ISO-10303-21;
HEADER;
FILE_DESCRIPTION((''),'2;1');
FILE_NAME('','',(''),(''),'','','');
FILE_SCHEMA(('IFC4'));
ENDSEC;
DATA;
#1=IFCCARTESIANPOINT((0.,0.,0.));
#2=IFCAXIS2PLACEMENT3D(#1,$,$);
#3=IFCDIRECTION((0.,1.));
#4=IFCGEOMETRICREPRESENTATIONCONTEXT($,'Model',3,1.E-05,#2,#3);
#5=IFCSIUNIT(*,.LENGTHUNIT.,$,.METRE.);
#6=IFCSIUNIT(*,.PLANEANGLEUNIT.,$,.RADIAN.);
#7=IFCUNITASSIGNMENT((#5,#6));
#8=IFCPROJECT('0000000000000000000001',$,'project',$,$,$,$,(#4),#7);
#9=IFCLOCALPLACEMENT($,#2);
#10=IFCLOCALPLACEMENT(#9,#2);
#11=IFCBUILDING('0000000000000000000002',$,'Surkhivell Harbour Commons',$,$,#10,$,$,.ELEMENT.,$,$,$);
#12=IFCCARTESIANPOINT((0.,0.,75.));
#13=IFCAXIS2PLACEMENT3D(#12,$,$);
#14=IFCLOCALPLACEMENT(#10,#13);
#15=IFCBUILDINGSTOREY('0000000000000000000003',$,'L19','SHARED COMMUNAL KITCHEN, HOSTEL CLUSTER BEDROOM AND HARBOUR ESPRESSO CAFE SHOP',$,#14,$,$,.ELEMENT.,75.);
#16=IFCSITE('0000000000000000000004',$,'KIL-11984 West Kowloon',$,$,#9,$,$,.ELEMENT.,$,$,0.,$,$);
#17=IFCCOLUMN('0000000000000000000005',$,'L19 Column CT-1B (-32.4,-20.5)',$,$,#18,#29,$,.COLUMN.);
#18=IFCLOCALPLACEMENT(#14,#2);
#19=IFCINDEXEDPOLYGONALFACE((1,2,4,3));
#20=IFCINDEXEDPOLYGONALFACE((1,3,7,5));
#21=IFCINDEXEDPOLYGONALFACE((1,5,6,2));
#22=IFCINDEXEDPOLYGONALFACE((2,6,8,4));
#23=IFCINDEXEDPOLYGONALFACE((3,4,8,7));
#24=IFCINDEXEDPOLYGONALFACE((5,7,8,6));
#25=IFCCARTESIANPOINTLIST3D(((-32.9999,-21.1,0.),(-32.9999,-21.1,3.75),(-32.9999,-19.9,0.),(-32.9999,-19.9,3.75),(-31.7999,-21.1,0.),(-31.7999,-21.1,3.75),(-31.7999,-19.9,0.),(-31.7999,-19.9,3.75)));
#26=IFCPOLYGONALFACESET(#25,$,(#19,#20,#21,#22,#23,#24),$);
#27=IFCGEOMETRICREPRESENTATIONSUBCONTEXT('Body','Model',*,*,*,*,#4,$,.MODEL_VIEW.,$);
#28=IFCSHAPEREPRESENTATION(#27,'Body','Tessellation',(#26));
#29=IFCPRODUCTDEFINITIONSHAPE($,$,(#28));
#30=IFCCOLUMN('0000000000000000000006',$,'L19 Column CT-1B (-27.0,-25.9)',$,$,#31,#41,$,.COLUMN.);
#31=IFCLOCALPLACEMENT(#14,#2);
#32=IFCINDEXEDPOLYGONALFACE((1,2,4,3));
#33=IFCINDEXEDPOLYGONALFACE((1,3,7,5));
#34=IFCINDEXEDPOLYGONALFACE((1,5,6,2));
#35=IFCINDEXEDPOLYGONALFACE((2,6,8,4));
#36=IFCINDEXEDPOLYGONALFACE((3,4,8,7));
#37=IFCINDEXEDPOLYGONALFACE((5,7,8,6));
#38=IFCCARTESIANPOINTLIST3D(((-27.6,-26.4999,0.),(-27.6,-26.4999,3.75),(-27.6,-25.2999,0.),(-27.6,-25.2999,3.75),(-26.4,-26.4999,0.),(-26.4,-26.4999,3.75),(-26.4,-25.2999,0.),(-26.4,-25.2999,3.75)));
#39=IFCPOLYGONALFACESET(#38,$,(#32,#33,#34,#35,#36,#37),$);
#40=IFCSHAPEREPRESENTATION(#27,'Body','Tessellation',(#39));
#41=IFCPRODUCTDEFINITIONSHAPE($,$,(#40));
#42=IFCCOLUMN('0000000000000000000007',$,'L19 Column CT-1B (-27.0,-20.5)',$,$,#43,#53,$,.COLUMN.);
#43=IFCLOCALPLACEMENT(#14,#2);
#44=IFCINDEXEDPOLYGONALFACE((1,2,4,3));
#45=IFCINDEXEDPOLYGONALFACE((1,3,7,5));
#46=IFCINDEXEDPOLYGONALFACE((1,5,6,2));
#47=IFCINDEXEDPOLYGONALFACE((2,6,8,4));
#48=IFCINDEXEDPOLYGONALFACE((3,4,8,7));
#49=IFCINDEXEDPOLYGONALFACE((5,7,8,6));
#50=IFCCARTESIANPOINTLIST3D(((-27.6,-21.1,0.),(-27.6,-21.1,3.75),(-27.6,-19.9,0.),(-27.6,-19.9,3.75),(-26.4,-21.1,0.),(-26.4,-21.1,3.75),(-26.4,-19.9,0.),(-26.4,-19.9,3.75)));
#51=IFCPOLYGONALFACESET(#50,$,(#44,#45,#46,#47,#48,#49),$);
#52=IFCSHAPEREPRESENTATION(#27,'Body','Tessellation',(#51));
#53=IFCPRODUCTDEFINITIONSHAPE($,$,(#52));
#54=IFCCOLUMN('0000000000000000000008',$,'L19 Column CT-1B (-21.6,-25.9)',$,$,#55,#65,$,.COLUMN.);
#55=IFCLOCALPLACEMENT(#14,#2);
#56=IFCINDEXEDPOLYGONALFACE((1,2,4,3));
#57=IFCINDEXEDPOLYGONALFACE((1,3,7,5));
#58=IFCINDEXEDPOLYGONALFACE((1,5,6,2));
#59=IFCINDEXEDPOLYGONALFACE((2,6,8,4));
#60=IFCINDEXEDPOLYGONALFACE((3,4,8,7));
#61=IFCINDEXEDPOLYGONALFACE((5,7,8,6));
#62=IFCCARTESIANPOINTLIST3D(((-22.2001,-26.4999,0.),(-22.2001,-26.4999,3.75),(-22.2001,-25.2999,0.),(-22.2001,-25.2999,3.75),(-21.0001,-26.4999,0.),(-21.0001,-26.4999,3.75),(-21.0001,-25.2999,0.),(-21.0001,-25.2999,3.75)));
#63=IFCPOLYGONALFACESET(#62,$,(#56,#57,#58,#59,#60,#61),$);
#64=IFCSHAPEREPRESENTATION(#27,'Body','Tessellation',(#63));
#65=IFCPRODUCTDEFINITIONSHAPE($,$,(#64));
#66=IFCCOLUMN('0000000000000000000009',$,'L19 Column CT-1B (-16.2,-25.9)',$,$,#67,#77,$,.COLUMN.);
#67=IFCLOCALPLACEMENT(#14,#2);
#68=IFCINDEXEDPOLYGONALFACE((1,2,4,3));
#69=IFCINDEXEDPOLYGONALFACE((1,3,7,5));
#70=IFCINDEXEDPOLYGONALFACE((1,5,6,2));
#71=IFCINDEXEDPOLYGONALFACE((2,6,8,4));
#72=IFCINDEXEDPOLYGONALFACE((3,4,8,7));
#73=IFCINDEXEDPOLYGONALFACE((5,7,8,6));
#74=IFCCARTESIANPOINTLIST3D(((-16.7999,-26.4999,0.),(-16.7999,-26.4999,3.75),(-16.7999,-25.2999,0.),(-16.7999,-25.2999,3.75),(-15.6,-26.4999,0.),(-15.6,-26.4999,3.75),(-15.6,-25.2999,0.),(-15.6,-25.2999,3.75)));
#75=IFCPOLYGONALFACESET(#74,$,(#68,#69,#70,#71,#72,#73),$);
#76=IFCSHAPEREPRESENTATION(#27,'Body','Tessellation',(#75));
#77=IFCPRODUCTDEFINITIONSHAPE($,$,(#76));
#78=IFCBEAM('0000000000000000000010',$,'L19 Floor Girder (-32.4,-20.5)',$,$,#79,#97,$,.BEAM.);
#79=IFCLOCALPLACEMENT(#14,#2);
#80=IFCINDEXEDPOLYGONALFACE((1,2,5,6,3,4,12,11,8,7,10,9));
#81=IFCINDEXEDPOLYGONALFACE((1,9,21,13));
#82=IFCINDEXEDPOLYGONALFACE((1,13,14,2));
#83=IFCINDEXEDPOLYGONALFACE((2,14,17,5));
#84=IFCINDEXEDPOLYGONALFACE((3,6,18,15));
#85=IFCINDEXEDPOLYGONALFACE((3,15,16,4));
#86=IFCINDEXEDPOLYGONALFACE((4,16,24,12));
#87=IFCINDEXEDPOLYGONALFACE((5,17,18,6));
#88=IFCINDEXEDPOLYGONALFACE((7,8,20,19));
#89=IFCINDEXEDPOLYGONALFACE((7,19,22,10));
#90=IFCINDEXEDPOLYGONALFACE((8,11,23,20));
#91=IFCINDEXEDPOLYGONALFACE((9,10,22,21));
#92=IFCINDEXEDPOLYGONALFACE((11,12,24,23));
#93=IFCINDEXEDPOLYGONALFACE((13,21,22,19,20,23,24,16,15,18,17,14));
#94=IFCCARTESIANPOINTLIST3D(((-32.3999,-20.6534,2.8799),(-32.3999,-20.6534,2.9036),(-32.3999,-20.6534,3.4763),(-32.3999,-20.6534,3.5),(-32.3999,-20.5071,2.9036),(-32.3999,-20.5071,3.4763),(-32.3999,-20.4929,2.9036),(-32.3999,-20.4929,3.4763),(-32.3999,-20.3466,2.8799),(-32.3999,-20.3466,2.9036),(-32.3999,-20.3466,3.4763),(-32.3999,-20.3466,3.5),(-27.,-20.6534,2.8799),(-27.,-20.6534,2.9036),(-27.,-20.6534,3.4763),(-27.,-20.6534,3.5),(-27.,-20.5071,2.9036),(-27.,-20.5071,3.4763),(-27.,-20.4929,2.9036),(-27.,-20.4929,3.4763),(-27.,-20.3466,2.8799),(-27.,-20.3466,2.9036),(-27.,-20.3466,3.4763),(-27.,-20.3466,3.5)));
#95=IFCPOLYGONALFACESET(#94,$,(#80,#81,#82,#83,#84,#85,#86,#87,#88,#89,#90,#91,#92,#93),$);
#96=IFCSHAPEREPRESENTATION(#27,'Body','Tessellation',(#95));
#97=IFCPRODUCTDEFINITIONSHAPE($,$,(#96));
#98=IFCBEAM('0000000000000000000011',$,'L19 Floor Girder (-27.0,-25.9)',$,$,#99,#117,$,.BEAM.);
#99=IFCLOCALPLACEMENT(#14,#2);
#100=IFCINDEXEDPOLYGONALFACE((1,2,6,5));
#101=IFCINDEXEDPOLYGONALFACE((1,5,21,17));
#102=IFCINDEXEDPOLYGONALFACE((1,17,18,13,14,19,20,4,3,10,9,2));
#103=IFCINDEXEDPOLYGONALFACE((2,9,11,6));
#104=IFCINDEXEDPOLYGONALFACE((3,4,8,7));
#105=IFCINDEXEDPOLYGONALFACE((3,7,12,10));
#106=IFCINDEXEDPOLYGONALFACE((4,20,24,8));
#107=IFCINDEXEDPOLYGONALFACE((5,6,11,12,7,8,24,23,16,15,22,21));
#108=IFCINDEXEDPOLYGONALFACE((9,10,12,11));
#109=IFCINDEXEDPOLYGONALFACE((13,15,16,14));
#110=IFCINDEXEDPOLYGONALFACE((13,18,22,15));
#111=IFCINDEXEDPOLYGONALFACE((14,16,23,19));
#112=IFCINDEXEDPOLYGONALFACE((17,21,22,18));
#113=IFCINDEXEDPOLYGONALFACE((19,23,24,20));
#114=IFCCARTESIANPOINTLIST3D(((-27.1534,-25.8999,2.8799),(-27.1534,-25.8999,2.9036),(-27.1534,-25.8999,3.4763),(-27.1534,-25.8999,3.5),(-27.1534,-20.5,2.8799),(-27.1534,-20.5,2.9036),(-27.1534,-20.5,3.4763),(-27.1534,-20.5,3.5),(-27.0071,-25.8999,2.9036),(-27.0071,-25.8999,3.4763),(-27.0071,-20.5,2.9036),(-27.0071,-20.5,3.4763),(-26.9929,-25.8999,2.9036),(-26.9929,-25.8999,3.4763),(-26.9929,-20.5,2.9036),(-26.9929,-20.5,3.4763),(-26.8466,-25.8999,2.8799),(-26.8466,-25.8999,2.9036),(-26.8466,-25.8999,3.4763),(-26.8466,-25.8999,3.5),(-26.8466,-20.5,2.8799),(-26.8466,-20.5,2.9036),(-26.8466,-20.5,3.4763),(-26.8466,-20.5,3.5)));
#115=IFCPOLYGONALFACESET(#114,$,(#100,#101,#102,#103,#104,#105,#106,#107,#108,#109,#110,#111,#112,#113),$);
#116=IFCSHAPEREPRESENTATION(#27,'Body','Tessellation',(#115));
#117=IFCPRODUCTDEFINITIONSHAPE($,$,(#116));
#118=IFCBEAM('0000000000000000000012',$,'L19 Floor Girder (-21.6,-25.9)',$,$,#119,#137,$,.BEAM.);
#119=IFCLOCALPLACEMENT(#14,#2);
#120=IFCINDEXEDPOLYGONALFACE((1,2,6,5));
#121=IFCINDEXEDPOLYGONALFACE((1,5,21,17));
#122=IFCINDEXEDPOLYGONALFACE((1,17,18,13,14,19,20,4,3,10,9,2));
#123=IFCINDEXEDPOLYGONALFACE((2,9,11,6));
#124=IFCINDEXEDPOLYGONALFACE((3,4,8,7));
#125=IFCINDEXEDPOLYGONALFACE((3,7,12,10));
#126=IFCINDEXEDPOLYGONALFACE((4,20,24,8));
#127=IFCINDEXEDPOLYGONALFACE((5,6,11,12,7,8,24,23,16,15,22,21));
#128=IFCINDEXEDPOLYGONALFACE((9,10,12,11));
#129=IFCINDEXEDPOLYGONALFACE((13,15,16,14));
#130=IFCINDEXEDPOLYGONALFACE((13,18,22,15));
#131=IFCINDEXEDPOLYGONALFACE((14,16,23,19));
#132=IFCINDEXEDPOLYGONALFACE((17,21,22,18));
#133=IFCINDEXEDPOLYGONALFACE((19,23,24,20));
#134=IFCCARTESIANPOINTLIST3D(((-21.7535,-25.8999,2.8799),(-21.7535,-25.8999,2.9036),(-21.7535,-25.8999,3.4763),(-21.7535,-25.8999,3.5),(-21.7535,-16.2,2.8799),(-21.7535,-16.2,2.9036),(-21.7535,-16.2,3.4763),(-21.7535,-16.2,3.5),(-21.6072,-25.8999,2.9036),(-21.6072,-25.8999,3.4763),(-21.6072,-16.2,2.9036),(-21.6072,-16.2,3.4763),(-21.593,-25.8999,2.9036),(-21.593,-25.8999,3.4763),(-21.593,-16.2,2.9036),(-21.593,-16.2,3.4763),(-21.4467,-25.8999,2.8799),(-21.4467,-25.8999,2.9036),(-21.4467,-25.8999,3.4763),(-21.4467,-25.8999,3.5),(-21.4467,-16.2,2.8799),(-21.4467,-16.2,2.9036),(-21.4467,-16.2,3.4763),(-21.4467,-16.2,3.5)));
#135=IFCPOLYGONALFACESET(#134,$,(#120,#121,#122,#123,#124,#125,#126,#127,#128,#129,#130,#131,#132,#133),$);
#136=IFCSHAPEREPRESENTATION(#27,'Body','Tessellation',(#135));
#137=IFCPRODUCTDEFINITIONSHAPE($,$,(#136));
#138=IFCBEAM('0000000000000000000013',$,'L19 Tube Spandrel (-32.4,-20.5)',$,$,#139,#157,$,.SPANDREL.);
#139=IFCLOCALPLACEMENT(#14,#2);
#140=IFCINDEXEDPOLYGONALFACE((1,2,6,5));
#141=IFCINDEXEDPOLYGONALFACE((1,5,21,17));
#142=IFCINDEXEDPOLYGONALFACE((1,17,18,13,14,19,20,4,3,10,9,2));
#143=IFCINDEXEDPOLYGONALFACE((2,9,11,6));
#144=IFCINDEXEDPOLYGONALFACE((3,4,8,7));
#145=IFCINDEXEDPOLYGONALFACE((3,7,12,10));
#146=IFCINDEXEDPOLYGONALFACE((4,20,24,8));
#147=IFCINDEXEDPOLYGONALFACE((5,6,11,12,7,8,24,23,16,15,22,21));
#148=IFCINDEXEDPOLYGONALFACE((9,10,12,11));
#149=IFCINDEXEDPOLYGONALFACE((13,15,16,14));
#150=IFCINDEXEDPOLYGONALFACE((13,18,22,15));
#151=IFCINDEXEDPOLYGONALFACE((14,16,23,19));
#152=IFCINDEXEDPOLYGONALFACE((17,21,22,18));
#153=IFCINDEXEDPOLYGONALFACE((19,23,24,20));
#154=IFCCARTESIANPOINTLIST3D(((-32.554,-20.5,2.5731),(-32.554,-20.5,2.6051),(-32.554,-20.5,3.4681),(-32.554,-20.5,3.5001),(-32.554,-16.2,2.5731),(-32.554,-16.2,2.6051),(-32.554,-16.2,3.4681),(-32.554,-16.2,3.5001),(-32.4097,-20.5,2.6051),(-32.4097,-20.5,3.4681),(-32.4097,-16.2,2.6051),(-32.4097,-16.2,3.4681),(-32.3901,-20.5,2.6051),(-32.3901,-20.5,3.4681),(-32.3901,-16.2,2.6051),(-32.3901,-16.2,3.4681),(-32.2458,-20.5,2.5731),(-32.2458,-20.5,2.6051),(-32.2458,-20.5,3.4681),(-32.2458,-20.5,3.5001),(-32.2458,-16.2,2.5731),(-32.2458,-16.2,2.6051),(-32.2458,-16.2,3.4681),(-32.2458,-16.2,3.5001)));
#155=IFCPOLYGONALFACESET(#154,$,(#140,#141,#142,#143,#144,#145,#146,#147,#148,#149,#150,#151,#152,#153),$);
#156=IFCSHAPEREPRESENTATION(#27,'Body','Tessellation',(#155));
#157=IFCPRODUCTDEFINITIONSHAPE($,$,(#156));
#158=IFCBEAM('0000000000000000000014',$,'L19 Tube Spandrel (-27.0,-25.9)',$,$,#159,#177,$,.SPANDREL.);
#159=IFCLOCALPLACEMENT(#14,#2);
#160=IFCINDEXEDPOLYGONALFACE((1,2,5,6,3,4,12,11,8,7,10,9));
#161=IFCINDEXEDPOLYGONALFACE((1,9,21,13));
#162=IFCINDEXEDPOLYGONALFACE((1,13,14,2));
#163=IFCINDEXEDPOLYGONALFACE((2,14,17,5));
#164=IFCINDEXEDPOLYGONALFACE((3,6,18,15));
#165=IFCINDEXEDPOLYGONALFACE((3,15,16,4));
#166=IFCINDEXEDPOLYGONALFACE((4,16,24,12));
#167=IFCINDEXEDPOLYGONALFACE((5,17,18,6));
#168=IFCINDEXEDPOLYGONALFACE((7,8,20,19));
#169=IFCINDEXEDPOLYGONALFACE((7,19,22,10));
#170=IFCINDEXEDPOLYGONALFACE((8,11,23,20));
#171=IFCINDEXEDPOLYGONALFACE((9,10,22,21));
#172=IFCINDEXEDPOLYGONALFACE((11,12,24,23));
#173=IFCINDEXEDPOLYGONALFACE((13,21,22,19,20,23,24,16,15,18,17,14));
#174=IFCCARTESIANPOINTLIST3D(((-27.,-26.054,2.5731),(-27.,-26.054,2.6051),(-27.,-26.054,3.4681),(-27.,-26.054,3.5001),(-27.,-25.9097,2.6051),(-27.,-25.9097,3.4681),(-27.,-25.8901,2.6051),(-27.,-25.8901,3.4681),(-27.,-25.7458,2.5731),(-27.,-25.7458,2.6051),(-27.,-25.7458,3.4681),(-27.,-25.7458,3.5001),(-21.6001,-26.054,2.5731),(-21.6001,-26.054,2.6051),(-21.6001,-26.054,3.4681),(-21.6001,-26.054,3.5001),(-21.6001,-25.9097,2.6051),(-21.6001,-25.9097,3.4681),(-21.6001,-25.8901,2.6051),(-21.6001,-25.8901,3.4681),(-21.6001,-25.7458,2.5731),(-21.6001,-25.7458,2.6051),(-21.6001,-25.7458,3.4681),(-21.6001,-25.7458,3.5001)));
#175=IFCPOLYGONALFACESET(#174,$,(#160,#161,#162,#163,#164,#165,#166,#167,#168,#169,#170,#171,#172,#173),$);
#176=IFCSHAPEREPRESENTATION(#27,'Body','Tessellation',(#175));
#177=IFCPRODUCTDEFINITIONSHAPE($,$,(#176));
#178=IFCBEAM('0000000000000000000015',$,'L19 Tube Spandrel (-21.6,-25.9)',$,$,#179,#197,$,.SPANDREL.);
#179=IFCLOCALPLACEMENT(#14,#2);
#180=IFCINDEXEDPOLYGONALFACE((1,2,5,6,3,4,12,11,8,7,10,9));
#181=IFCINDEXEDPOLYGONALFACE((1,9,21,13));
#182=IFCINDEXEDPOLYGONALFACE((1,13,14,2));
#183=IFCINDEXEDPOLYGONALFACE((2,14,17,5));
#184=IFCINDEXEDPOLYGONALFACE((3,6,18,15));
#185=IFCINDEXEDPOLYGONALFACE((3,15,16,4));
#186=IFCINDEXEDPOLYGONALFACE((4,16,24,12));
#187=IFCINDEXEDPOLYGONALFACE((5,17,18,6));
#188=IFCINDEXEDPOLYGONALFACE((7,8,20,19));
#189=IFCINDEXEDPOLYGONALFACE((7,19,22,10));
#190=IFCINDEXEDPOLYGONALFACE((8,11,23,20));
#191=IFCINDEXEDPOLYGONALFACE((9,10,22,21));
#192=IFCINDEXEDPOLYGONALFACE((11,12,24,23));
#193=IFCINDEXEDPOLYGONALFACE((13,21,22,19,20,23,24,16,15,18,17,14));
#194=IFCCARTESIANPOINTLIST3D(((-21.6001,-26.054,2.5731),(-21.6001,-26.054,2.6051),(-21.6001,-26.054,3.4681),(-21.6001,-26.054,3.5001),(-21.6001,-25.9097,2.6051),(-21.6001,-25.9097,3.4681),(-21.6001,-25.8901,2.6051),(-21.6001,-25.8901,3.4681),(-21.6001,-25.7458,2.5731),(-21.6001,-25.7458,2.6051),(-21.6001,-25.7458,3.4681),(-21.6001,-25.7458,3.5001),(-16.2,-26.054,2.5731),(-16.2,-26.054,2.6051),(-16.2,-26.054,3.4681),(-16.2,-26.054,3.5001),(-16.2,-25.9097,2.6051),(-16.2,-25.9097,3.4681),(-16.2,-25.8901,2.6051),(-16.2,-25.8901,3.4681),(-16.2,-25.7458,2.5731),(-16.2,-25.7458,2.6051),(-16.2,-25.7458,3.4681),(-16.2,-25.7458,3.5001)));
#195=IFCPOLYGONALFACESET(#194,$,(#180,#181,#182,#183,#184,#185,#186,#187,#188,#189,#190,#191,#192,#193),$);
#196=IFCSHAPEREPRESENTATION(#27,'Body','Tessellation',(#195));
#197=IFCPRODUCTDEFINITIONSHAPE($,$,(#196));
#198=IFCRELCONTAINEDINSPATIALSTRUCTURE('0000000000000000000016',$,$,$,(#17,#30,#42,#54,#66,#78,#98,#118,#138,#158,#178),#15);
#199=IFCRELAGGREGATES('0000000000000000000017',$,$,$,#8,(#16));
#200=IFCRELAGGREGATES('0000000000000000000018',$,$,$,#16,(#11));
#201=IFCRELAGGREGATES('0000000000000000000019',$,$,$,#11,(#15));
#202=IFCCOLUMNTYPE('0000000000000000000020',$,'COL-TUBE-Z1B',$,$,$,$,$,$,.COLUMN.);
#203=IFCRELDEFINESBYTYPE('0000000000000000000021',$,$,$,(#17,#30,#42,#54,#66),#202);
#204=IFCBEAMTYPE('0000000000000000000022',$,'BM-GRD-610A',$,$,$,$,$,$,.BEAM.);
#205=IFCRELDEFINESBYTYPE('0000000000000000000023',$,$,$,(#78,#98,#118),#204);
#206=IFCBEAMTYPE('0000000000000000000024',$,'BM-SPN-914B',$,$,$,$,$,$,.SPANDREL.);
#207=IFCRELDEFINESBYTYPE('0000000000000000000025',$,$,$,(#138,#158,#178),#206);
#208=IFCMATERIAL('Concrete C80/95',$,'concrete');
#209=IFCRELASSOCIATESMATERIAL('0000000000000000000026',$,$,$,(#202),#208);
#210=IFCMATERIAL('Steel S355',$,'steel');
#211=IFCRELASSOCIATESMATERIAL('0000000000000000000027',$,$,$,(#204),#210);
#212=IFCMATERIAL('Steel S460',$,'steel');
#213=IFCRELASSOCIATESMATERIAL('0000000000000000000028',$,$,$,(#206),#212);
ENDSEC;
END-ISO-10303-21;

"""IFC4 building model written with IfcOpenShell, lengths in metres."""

from ifc_helpers import new_model, si_unit, direction, frame, origin, origin_2d, place, context, subcontext, project, spatial, rectangle, i_section, extrude, material, material_profile, profile_set, type_object, element, save


model = new_model("IFC4")

# Units and contexts
model_context = context("Model", 3, precision=1e-05, world=origin(), true_north=direction((0.0, 1.0)))
body_context = subcontext(model_context, "Body", "Model", "MODEL_VIEW")
ifc_project = project(units=[si_unit("LENGTHUNIT", "METRE"), si_unit("PLANEANGLEUNIT", "RADIAN")], contexts=[model_context])

# Site, building, storey
site_placement = place(None, origin())
site = spatial("IfcSite", under=ifc_project, at=site_placement, Name="KIL-11984 West Kowloon", CompositionType="ELEMENT", RefElevation=0.0)
building_placement = place(site_placement, origin())
building = spatial("IfcBuilding", under=site, at=building_placement, Name="Surkhivell Harbour Commons", CompositionType="ELEMENT")
storey_placement = place(building_placement, frame((0.0, 0.0, 75.0)))
storey = spatial("IfcBuildingStorey", under=building, at=storey_placement, Name="L19", Description="SHARED COMMUNAL KITCHEN, HOSTEL CLUSTER BEDROOM AND HARBOUR ESPRESSO CAFE SHOP", CompositionType="ELEMENT", Elevation=75.0)

# Columns
ifc_material_1 = material(Name="Concrete C80/95", Category="concrete")
ifc_material_profile_1 = material_profile(ifc_material_1, rectangle(XDim=1.2, YDim=1.2, at=origin_2d()), Name="RC-COL-1200x1200")
ifc_profile_set_1 = profile_set([ifc_material_profile_1], Name="Concrete C80/95")
column_type = type_object("IfcColumnType", Name="COL-TUBE-Z1B", PredefinedType="COLUMN", material=ifc_profile_set_1)
for number, where, z_axis, x_axis, name in (
    (1, (-32.3999, -20.5, 0.0), (0.0, 0.0, 1.0), (1.0, 0.0, 0.0), "L19 Column CT-1B (-32.4,-20.5)"),
    (2, (-27.0, -25.8999, 0.0), (0.0, 0.0, 1.0), (1.0, 0.0, 0.0), "L19 Column CT-1B (-27.0,-25.9)"),
    (3, (-27.0, -20.5, 0.0), (0.0, 0.0, 1.0), (1.0, 0.0, 0.0), "L19 Column CT-1B (-27.0,-20.5)"),
    (4, (-21.6001, -25.8999, 0.0), (0.0, 0.0, 1.0), (1.0, 0.0, 0.0), "L19 Column CT-1B (-21.6,-25.9)"),
    (5, (-16.2, -25.8999, 0.0), (0.0, 0.0, 1.0), (1.0, 0.0, 0.0), "L19 Column CT-1B (-16.2,-25.9)"),
):
    element("IfcColumn", number, at=place(storey_placement, frame(where, z_axis=z_axis, x_axis=x_axis)), inside=storey, type_object=column_type, Name=name, PredefinedType="COLUMN", context=body_context, shape_type="SweptSolid", body=[
        extrude(rectangle(XDim=1.2, YDim=1.2, at=origin_2d()), origin(), (0.0, 0.0, 1.0), 3.75),
    ])

# Beams
ifc_material_2 = material(Name="Steel S355", Category="steel")
ifc_material_profile_2 = material_profile(ifc_material_2, i_section(OverallWidth=0.3069, OverallDepth=0.6201, WebThickness=0.0142, FlangeThickness=0.0237, at=origin_2d()), Name="UB610x305x179")
ifc_profile_set_2 = profile_set([ifc_material_profile_2], Name="Steel S355")
beam_type_1 = type_object("IfcBeamType", Name="BM-GRD-610A", PredefinedType="BEAM", material=ifc_profile_set_2)
for number, where, z_axis, x_axis, name in (
    (6, (-32.3999, -20.5, 3.1899), (1.0, 0.0, 0.0), (0.0, 1.0, 0.0), "L19 Floor Girder (-32.4,-20.5)"),
    (7, (-27.0, -25.8999, 3.1899), (0.0, 1.0, 0.0), (-1.0, 0.0, 0.0), "L19 Floor Girder (-27.0,-25.9)"),
):
    element("IfcBeam", number, at=place(storey_placement, frame(where, z_axis=z_axis, x_axis=x_axis)), inside=storey, type_object=beam_type_1, Name=name, PredefinedType="BEAM", context=body_context, shape_type="SweptSolid", body=[
        extrude(i_section(OverallWidth=0.3069, OverallDepth=0.6201, WebThickness=0.0142, FlangeThickness=0.0237, at=origin_2d()), origin(), (0.0, 0.0, 1.0), 5.3999),
    ])
beam_1_placement = place(storey_placement, frame((-21.6001, -25.8999, 3.1899), z_axis=(0.0, 1.0, 0.0), x_axis=(-1.0, 0.0, 0.0)))
element("IfcBeam", 8, at=beam_1_placement, inside=storey, type_object=beam_type_1, Name="L19 Floor Girder (-21.6,-25.9)", PredefinedType="BEAM", context=body_context, shape_type="SweptSolid", body=[
    extrude(i_section(OverallWidth=0.3069, OverallDepth=0.6201, WebThickness=0.0142, FlangeThickness=0.0237, at=origin_2d()), origin(), (0.0, 0.0, 1.0), 9.7),
])
ifc_material_3 = material(Name="Steel S460", Category="steel")
ifc_material_profile_3 = material_profile(ifc_material_3, i_section(OverallWidth=0.3081, OverallDepth=0.927, WebThickness=0.0195, FlangeThickness=0.032, at=origin_2d()), Name="UB914x305x289")
ifc_profile_set_3 = profile_set([ifc_material_profile_3], Name="Steel S460")
beam_type_2 = type_object("IfcBeamType", Name="BM-SPN-914B", PredefinedType="SPANDREL", material=ifc_profile_set_3)
beam_2_placement = place(storey_placement, frame((-32.3999, -20.5, 3.0366), z_axis=(0.0, 1.0, 0.0), x_axis=(-1.0, 0.0, 0.0)))
element("IfcBeam", 9, at=beam_2_placement, inside=storey, type_object=beam_type_2, Name="L19 Tube Spandrel (-32.4,-20.5)", PredefinedType="SPANDREL", context=body_context, shape_type="SweptSolid", body=[
    extrude(i_section(OverallWidth=0.3081, OverallDepth=0.927, WebThickness=0.0195, FlangeThickness=0.032, at=origin_2d()), origin(), (0.0, 0.0, 1.0), 4.3),
])
beam_3_placement = place(storey_placement, frame((-27.0, -25.8999, 3.0366), z_axis=(1.0, 0.0, 0.0), x_axis=(0.0, 1.0, 0.0)))
element("IfcBeam", 10, at=beam_3_placement, inside=storey, type_object=beam_type_2, Name="L19 Tube Spandrel (-27.0,-25.9)", PredefinedType="SPANDREL", context=body_context, shape_type="SweptSolid", body=[
    extrude(i_section(OverallWidth=0.3081, OverallDepth=0.927, WebThickness=0.0195, FlangeThickness=0.032, at=origin_2d()), origin(), (0.0, 0.0, 1.0), 5.3999),
])
beam_4_placement = place(storey_placement, frame((-21.6001, -25.8999, 3.0366), z_axis=(1.0, 0.0, 0.0), x_axis=(0.0, 1.0, 0.0)))
element("IfcBeam", 11, at=beam_4_placement, inside=storey, type_object=beam_type_2, Name="L19 Tube Spandrel (-21.6,-25.9)", PredefinedType="SPANDREL", context=body_context, shape_type="SweptSolid", body=[
    extrude(i_section(OverallWidth=0.3081, OverallDepth=0.927, WebThickness=0.0195, FlangeThickness=0.032, at=origin_2d()), origin(), (0.0, 0.0, 1.0), 5.4001),
])

save(model, "model.ifc")
